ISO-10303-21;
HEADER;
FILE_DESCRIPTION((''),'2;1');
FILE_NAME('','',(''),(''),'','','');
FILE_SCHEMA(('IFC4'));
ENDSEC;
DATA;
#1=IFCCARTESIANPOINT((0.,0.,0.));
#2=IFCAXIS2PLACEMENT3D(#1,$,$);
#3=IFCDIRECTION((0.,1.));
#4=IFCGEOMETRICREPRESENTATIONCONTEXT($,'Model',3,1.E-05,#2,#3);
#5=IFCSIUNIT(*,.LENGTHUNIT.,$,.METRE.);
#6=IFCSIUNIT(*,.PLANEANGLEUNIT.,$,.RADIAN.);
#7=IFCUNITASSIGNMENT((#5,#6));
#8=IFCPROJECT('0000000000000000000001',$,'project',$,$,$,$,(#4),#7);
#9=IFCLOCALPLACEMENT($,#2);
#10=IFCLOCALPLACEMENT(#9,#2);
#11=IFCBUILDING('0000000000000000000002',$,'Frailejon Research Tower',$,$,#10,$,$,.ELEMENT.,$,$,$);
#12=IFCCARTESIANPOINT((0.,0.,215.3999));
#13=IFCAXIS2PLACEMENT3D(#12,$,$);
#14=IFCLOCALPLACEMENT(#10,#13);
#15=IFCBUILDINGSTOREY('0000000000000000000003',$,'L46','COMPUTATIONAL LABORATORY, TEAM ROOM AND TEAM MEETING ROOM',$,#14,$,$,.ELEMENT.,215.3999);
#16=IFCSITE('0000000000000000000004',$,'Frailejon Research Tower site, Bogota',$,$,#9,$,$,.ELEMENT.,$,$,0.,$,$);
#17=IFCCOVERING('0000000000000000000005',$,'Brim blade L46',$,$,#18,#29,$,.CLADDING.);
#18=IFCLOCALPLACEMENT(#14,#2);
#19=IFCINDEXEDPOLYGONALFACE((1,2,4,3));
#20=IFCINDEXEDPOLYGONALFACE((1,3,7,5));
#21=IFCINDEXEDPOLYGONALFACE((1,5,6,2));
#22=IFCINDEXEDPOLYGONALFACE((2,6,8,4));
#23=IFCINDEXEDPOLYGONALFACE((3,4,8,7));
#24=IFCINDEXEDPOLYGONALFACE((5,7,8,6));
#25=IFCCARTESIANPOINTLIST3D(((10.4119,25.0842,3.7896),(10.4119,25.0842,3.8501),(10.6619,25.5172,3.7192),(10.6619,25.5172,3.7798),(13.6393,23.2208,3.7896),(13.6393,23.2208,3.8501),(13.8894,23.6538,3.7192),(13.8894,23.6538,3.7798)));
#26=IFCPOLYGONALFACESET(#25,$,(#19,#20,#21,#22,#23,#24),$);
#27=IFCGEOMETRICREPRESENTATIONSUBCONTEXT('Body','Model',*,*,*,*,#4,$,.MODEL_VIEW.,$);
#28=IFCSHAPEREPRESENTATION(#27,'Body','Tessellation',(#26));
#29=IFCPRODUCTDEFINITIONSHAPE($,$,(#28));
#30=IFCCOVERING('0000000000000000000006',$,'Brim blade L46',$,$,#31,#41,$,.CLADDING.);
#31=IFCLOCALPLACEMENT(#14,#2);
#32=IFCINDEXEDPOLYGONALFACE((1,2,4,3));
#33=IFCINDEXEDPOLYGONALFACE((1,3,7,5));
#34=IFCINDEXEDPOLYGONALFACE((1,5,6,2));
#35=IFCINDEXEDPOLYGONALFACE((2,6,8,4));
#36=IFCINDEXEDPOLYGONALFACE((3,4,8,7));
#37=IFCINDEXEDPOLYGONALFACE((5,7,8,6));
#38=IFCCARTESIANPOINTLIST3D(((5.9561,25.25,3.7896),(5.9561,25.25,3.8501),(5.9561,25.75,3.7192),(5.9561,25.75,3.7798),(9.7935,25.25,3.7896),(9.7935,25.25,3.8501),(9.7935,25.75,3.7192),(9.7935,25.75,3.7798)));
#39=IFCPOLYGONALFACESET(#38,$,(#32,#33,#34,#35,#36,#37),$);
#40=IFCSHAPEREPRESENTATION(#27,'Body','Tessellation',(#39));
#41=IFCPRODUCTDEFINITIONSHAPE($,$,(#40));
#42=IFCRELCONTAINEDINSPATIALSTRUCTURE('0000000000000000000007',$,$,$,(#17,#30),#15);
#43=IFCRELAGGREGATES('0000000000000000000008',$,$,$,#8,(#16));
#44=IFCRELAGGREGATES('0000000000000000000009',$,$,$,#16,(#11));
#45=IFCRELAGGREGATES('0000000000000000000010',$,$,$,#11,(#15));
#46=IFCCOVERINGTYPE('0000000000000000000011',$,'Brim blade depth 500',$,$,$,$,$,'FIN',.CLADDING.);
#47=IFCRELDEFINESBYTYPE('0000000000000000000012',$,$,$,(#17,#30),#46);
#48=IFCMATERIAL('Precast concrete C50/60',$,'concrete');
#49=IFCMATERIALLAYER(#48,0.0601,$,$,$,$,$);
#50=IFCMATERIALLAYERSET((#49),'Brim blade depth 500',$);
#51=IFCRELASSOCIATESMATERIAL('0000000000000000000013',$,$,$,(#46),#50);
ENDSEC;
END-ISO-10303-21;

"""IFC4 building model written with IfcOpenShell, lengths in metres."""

from ifc_helpers import new_model, si_unit, direction, frame, origin, place, context, subcontext, project, spatial, polyline, outline, extrude, material, layer, layer_set, type_object, element, save


model = new_model("IFC4")

# Units and contexts
model_context = context("Model", 3, precision=1e-05, world=origin(), true_north=direction((0.0, 1.0)))
body_context = subcontext(model_context, "Body", "Model", "MODEL_VIEW")
ifc_project = project(units=[si_unit("LENGTHUNIT", "METRE"), si_unit("PLANEANGLEUNIT", "RADIAN")], contexts=[model_context])

# Site, building, storey
site_placement = place(None, origin())
site = spatial("IfcSite", under=ifc_project, at=site_placement, Name="Frailejon Research Tower site, Bogota", CompositionType="ELEMENT", RefElevation=0.0)
building_placement = place(site_placement, origin())
building = spatial("IfcBuilding", under=site, at=building_placement, Name="Frailejon Research Tower", CompositionType="ELEMENT")
storey_placement = place(building_placement, frame((0.0, 0.0, 215.3999)))
storey = spatial("IfcBuildingStorey", under=building, at=storey_placement, Name="L46", Description="COMPUTATIONAL LABORATORY, TEAM ROOM AND TEAM MEETING ROOM", CompositionType="ELEMENT", Elevation=215.3999)

# Coverings
ifc_material_1 = material(Name="Precast concrete C50/60", Category="concrete")
ifc_layer_1 = layer(ifc_material_1, 0.0601)
ifc_layer_set_1 = layer_set([ifc_layer_1], Name="Brim blade depth 500")
covering_type_1 = type_object("IfcCoveringType", Name="Brim blade depth 500", ElementType="FIN", PredefinedType="CLADDING", material=ifc_layer_set_1)
covering_1_placement = place(storey_placement, frame((10.4119, 25.0842, 3.8501), z_axis=(0.866018, -0.500012, 0.0), x_axis=(0.500012, 0.866018, 0.0)))
element("IfcCovering", 1, at=covering_1_placement, inside=storey, type_object=covering_type_1, Name="Brim blade L46", PredefinedType="CLADDING", context=body_context, shape_type="SweptSolid", body=[
    extrude(outline(polyline([(0.0, -0.0605), (0.5, -0.1309), (0.5, -0.0703), (0.0, 0.0), (0.0, -0.0605)])), origin(), (0.0, 0.0, 1.0), 3.7268),
])
covering_2_placement = place(storey_placement, frame((5.9561, 25.25, 3.8501), z_axis=(1.0, 0.0, 0.0), x_axis=(0.0, 1.0, 0.0)))
element("IfcCovering", 2, at=covering_2_placement, inside=storey, type_object=covering_type_1, Name="Brim blade L46", PredefinedType="CLADDING", context=body_context, shape_type="SweptSolid", body=[
    extrude(outline(polyline([(0.0, -0.0605), (0.5, -0.1309), (0.5, -0.0703), (0.0, 0.0), (0.0, -0.0605)])), origin(), (0.0, 0.0, 1.0), 3.8374),
])

save(model, "model.ifc")
